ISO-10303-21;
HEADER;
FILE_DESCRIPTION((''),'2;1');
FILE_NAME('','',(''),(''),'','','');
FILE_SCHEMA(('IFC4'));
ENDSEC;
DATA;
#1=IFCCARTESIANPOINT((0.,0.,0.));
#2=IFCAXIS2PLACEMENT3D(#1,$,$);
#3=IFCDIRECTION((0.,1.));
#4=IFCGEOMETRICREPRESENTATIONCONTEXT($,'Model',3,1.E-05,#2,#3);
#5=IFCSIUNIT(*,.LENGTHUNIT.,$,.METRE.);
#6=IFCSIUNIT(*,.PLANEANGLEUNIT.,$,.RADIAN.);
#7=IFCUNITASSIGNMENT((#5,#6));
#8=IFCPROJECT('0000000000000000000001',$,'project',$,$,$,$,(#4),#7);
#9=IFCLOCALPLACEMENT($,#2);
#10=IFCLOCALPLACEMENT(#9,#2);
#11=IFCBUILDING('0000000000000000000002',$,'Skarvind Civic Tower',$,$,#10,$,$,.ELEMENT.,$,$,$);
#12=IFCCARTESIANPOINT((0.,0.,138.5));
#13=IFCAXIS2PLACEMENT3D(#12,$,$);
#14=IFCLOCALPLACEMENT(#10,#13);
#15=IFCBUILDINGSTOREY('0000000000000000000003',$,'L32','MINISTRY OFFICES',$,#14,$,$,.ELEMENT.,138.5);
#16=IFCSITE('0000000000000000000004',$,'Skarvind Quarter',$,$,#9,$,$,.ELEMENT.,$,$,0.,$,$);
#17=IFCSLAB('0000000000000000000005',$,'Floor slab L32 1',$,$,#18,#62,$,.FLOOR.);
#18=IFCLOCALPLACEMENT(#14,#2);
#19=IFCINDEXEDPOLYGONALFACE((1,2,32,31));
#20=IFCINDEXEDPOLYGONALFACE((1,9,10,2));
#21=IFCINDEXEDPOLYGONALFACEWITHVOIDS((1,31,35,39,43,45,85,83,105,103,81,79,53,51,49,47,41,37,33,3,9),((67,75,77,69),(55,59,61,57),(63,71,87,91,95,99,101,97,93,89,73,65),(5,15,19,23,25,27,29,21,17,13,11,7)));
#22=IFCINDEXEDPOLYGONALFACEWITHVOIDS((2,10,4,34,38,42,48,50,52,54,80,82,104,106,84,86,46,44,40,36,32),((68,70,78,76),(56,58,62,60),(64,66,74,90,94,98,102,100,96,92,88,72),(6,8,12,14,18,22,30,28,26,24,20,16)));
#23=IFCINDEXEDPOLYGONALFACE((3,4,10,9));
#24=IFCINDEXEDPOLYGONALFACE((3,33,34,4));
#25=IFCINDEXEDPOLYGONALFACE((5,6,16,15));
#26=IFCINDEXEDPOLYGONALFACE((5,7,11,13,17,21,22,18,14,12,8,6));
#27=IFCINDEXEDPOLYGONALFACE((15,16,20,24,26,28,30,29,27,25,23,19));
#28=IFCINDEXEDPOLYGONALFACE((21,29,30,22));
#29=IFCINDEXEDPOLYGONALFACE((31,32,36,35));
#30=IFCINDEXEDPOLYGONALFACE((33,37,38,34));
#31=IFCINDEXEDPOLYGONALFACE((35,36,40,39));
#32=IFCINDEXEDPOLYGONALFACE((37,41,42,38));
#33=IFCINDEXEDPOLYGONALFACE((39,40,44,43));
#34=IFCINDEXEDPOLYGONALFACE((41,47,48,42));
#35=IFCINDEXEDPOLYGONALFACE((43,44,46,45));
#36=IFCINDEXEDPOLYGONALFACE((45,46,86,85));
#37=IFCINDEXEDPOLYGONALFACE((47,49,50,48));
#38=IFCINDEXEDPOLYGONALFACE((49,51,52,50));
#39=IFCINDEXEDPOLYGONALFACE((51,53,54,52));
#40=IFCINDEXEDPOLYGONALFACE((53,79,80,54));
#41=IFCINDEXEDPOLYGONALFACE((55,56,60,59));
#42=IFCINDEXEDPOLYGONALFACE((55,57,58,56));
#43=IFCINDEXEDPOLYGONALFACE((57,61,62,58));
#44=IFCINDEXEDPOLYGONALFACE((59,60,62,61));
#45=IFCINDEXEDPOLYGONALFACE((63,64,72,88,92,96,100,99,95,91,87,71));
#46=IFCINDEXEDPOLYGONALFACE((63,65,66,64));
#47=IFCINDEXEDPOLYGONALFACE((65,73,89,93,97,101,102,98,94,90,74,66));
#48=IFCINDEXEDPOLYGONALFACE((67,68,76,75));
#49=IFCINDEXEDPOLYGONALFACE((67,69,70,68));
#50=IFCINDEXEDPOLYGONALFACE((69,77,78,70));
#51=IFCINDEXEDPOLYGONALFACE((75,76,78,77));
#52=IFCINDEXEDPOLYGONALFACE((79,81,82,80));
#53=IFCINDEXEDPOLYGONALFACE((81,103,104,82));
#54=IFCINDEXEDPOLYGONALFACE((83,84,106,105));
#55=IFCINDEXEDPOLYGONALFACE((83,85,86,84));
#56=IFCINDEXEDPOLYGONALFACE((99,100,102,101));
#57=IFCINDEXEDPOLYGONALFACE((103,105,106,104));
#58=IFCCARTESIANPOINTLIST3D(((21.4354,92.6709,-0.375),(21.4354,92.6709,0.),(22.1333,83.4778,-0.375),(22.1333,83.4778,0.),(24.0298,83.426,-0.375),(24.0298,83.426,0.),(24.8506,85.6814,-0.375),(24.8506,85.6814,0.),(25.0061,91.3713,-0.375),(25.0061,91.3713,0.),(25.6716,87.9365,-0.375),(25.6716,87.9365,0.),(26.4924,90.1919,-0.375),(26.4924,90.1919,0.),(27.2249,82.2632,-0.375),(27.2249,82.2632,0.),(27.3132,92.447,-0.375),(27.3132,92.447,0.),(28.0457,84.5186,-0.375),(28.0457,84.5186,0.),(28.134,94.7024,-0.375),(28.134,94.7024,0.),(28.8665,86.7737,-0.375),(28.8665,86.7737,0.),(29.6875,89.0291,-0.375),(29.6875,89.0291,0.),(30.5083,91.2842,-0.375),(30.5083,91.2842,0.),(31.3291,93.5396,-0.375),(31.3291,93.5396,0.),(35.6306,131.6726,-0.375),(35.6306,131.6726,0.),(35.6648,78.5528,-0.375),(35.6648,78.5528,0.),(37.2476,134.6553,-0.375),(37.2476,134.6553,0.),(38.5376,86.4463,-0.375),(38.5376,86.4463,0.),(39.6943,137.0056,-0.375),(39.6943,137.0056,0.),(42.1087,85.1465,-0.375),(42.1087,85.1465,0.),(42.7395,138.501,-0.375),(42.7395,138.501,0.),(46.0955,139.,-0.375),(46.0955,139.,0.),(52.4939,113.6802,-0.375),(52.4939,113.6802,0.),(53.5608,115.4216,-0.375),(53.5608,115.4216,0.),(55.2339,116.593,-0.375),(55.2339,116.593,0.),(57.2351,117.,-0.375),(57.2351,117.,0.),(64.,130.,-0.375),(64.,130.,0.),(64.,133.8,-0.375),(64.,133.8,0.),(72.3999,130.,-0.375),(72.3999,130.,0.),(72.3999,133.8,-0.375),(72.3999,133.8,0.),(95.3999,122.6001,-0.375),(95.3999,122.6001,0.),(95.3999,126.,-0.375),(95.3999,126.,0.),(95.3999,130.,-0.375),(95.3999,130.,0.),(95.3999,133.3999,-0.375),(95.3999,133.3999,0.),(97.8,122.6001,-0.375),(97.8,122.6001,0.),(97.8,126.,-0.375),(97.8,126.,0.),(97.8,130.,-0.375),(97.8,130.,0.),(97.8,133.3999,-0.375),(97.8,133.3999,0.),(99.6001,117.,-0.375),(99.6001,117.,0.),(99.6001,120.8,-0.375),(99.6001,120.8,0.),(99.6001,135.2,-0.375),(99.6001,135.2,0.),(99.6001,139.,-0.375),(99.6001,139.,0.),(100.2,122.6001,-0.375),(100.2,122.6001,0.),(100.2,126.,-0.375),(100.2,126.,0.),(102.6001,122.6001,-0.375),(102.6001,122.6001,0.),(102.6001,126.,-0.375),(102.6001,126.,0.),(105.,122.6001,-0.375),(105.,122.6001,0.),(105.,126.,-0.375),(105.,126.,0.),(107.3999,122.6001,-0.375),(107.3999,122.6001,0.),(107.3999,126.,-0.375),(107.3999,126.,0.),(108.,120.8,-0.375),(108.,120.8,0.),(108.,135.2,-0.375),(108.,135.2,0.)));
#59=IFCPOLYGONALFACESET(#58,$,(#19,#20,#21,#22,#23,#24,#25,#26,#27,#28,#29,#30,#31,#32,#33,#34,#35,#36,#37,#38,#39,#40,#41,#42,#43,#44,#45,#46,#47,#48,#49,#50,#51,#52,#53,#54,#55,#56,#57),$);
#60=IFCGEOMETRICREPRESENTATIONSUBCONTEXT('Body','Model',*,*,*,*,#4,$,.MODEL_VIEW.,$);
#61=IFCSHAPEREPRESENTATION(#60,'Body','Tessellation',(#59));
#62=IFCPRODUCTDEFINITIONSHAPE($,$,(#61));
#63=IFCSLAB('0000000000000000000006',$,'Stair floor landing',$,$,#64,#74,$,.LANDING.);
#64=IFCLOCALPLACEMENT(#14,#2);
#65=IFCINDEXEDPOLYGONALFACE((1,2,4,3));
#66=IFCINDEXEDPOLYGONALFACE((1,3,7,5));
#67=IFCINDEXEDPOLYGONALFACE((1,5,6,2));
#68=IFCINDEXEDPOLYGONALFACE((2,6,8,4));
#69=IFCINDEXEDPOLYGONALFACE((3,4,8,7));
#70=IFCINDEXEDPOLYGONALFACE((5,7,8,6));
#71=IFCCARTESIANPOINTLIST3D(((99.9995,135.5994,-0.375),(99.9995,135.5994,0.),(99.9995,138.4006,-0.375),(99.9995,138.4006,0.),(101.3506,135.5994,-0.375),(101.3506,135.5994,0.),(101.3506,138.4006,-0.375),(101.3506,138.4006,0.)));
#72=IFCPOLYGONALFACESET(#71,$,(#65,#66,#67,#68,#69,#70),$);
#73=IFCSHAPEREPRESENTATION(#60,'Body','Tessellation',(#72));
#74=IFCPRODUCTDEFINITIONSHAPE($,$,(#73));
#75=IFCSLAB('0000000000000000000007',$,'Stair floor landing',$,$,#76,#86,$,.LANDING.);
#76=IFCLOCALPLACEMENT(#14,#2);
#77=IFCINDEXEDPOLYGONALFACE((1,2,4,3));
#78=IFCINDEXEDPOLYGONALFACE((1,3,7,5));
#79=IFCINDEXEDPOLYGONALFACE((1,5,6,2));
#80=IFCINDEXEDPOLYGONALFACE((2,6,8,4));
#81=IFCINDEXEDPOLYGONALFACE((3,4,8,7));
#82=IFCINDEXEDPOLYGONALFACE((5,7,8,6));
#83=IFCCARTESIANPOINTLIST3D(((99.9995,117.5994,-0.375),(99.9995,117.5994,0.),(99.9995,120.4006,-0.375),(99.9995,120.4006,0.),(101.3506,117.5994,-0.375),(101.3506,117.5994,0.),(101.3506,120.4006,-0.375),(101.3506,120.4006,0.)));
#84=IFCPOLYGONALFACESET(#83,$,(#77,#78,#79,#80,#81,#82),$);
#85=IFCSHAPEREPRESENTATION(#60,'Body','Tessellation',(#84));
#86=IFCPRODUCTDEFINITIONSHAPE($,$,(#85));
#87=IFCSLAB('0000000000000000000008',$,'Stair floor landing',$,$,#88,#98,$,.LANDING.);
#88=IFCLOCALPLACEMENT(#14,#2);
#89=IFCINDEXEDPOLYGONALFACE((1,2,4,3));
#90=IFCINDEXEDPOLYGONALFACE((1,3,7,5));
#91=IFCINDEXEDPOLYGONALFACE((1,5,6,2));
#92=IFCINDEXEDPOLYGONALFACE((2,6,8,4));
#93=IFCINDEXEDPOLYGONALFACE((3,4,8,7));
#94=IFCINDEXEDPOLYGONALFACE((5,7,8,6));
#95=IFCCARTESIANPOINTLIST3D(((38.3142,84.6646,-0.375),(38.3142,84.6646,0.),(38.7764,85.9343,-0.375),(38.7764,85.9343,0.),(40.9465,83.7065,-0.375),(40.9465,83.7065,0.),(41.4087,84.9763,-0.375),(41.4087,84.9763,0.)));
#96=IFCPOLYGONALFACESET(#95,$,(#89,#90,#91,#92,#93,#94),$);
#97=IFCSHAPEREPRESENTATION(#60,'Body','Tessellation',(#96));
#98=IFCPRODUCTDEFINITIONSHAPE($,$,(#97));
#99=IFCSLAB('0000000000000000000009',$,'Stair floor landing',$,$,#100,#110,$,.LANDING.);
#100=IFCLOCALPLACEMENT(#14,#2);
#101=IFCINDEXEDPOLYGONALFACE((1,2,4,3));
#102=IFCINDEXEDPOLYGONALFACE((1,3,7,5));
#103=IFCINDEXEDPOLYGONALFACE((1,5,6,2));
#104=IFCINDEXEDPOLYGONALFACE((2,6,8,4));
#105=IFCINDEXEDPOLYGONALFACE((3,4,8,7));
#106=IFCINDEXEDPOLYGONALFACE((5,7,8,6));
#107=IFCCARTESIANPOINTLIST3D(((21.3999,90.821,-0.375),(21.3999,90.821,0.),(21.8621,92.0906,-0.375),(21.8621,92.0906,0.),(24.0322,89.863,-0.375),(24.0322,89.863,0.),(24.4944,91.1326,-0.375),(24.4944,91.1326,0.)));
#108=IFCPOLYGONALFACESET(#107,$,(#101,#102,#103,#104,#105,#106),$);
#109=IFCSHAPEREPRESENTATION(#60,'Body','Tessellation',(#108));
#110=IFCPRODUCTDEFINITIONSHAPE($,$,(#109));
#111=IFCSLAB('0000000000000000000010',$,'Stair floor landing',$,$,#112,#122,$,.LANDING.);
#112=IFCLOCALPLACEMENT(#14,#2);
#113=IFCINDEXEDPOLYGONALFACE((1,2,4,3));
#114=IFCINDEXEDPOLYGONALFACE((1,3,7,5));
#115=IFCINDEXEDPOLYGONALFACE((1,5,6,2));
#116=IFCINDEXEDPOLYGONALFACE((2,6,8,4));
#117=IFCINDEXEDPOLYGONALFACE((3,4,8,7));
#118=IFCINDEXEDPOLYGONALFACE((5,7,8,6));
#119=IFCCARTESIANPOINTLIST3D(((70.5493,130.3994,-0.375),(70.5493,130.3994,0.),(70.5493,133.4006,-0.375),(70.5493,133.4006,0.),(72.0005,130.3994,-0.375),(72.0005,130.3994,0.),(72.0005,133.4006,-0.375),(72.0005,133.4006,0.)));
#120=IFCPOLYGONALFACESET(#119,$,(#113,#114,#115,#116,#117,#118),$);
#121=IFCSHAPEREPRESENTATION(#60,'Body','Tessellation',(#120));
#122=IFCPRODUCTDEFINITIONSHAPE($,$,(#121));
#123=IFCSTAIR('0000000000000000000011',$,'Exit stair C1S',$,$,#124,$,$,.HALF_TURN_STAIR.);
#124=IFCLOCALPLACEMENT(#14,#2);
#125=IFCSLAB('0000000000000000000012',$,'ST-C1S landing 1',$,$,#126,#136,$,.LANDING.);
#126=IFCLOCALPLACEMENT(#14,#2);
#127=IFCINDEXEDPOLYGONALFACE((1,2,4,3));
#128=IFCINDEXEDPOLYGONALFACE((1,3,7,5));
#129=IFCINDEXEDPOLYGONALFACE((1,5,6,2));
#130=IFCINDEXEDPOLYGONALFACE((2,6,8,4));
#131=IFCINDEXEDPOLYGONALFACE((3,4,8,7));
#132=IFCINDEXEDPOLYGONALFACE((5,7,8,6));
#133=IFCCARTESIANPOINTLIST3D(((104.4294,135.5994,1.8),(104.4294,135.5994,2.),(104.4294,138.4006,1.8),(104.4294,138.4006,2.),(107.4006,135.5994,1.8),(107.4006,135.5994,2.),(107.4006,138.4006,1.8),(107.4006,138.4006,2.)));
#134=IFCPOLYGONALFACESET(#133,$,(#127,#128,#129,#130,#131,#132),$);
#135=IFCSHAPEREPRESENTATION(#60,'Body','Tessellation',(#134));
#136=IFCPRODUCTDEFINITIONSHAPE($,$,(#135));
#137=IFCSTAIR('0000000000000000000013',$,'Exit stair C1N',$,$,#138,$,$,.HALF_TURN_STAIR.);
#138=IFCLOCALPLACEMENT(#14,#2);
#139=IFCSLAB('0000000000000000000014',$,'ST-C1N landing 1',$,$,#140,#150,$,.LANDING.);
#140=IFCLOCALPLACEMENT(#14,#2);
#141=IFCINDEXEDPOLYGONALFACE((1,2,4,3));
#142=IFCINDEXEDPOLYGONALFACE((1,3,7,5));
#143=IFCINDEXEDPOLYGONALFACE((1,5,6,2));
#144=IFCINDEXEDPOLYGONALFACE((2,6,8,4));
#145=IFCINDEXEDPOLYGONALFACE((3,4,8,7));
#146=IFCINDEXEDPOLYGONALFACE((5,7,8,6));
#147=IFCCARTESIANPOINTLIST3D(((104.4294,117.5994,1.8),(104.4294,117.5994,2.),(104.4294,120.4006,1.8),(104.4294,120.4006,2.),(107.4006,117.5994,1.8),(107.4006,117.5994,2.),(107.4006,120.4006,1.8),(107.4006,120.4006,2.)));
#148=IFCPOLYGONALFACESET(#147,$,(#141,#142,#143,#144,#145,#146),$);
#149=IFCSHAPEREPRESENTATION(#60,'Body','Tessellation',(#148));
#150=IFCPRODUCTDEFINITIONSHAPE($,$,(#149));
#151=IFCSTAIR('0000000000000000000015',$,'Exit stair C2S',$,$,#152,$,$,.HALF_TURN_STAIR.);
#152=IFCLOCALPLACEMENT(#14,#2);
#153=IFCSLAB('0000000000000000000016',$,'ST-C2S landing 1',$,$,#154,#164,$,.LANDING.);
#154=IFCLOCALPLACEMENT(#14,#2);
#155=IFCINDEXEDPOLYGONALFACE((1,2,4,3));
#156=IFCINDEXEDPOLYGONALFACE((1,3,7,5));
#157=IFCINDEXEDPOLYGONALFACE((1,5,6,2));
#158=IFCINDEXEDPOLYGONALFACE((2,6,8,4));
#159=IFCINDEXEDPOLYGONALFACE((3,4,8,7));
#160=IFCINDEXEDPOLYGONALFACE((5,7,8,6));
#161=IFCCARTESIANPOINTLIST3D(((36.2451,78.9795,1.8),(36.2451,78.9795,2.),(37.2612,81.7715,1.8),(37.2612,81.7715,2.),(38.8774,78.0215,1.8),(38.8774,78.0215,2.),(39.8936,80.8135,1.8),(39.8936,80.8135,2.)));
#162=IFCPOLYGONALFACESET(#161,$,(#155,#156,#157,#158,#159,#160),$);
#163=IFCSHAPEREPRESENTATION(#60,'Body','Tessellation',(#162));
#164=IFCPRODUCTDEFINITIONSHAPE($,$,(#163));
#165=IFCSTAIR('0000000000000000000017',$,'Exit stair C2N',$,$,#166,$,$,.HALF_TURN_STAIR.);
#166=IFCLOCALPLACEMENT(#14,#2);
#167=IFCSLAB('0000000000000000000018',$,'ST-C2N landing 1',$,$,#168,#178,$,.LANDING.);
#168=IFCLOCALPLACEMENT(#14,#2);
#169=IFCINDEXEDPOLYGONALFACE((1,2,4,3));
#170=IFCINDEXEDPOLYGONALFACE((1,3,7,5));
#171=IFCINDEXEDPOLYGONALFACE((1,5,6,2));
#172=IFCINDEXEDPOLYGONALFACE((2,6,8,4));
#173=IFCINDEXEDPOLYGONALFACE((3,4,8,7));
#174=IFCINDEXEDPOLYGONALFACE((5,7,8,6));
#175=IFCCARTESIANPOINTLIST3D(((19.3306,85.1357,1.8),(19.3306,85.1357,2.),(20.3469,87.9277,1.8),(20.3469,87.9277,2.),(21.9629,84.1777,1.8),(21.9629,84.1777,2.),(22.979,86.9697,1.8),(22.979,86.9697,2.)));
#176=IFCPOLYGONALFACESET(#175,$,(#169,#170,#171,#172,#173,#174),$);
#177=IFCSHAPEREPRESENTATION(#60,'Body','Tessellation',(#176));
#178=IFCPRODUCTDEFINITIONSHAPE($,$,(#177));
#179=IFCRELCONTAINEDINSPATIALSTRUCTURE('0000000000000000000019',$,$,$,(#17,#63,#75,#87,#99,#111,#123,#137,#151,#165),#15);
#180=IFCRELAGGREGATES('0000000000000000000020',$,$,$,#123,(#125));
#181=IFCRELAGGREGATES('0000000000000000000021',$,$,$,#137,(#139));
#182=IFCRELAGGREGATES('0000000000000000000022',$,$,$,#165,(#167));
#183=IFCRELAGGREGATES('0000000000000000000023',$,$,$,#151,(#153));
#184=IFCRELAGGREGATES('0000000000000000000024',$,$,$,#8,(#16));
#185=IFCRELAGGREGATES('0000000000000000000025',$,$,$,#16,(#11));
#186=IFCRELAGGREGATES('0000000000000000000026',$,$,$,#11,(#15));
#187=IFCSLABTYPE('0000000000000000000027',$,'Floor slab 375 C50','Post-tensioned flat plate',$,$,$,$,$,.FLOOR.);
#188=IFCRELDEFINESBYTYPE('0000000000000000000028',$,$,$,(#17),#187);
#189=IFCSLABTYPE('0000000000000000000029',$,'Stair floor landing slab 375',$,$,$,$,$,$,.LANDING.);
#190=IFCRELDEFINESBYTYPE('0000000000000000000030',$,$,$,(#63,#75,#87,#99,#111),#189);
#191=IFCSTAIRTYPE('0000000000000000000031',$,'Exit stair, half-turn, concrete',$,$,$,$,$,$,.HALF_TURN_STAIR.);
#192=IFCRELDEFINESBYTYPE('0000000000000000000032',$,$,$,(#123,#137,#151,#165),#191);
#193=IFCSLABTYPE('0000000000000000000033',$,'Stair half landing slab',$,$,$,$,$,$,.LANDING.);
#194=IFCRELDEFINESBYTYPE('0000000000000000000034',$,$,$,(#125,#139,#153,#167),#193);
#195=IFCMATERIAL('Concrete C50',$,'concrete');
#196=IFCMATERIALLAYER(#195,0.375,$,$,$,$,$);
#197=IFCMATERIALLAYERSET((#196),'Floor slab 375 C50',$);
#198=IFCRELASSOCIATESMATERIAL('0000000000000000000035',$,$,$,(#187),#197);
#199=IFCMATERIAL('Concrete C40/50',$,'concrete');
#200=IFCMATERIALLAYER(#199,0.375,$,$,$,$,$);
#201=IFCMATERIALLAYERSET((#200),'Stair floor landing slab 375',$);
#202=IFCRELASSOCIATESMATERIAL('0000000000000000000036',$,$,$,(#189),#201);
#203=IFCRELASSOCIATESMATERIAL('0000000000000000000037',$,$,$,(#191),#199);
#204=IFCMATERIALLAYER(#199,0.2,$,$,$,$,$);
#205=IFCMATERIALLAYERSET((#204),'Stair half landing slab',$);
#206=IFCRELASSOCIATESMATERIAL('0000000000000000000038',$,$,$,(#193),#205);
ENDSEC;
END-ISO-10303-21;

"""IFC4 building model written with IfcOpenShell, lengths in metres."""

from ifc_helpers import new_model, si_unit, direction, frame, origin, place, context, subcontext, project, spatial, polyline, outline, extrude, material, layer, layer_set, type_object, element, aggregate, save


model = new_model("IFC4")

# Units and contexts
model_context = context("Model", 3, precision=1e-05, world=origin(), true_north=direction((0.0, 1.0)))
body_context = subcontext(model_context, "Body", "Model", "MODEL_VIEW")
ifc_project = project(units=[si_unit("LENGTHUNIT", "METRE"), si_unit("PLANEANGLEUNIT", "RADIAN")], contexts=[model_context])

# Site, building, storey
site_placement = place(None, origin())
site = spatial("IfcSite", under=ifc_project, at=site_placement, Name="Skarvind Quarter", CompositionType="ELEMENT", RefElevation=0.0)
building_placement = place(site_placement, origin())
building = spatial("IfcBuilding", under=site, at=building_placement, Name="Skarvind Civic Tower", CompositionType="ELEMENT")
storey_placement = place(building_placement, frame((0.0, 0.0, 138.5)))
storey = spatial("IfcBuildingStorey", under=building, at=storey_placement, Name="L32", Description="MINISTRY OFFICES", CompositionType="ELEMENT", Elevation=138.5)

# Slabs
ifc_material_1 = material(Name="Concrete C50", Category="concrete")
ifc_layer_1 = layer(ifc_material_1, 0.375)
ifc_layer_set_1 = layer_set([ifc_layer_1], Name="Floor slab 375 C50")
slab_type_1 = type_object("IfcSlabType", Name="Floor slab 375 C50", Description="Post-tensioned flat plate", PredefinedType="FLOOR", material=ifc_layer_set_1)
slab_1_placement = place(storey_placement, frame((0.0, 0.0, -0.375)))
element("IfcSlab", 1, at=slab_1_placement, inside=storey, type_object=slab_type_1, Name="Floor slab L32 1", PredefinedType="FLOOR", context=body_context, shape_type="SweptSolid", body=[
    extrude(outline(polyline([(99.6001, 117.0), (99.6001, 120.8), (108.0, 120.8), (108.0, 135.2), (99.6001, 135.2), (99.6001, 139.0), (46.0955, 139.0), (42.7395, 138.501), (39.6943, 137.0056), (37.2476, 134.6553), (35.6306, 131.6726), (19.4175, 87.1267), (21.4353, 92.6709), (25.0061, 91.3713), (22.1333, 83.4778), (36.8865, 78.1082), (35.6648, 78.5527), (38.5376, 86.4463), (42.1086, 85.1465), (40.0908, 79.6023), (40.0908, 79.6023), (52.4939, 113.6802), (53.5608, 115.4216), (55.2339, 116.593), (57.2351, 117.0), (99.6001, 117.0)]), holes=[polyline([(25.6716, 87.9365), (26.4924, 90.1919), (27.3132, 92.447), (28.134, 94.7024), (31.3291, 93.5396), (30.5083, 91.2842), (29.6875, 89.0291), (28.8665, 86.7737), (28.8665, 86.7737), (28.0457, 84.5186), (27.2249, 82.2632), (24.0298, 83.426), (24.8506, 85.6814), (25.6716, 87.9365), (25.6716, 87.9365)]), polyline([(64.0, 130.0), (64.0, 133.8), (72.3999, 133.8), (72.3999, 130.0), (64.0, 130.0)]), polyline([(97.8, 126.0), (100.2, 126.0), (102.6001, 126.0), (105.0, 126.0), (107.3999, 126.0), (107.3999, 122.6001), (105.0, 122.6001), (102.6001, 122.6001), (100.2, 122.6001), (97.8, 122.6001), (95.3999, 122.6001), (95.3999, 126.0), (97.8, 126.0)]), polyline([(97.8, 133.3999), (97.8, 130.0), (95.3999, 130.0), (95.3999, 133.3999), (97.8, 133.3999)])]), origin(), (0.0, 0.0, 1.0), 0.375),
])
ifc_material_2 = material(Name="Concrete C40/50", Category="concrete")
ifc_layer_2 = layer(ifc_material_2, 0.375)
ifc_layer_set_2 = layer_set([ifc_layer_2], Name="Stair floor landing slab 375")
slab_type_2 = type_object("IfcSlabType", Name="Stair floor landing slab 375", PredefinedType="LANDING", material=ifc_layer_set_2)
slab_2_placement = place(storey_placement, frame((0.0, 0.0, -0.375)))
element("IfcSlab", 2, at=slab_2_placement, inside=storey, type_object=slab_type_2, Name="Stair floor landing", PredefinedType="LANDING", context=body_context, shape_type="SweptSolid", body=[
    extrude(outline(polyline([(101.3506, 138.4006), (101.3506, 135.5994), (99.9995, 135.5994), (99.9995, 138.4006), (101.3506, 138.4006)])), origin(), (0.0, 0.0, 1.0), 0.375),
])
slab_3_placement = place(storey_placement, frame((0.0, 0.0, -0.375)))
element("IfcSlab", 3, at=slab_3_placement, inside=storey, type_object=slab_type_2, Name="Stair floor landing", PredefinedType="LANDING", context=body_context, shape_type="SweptSolid", body=[
    extrude(outline(polyline([(101.3506, 120.4006), (101.3506, 117.5994), (99.9995, 117.5994), (99.9995, 120.4006), (101.3506, 120.4006)])), origin(), (0.0, 0.0, 1.0), 0.375),
])
slab_4_placement = place(storey_placement, frame((0.0, 0.0, -0.375)))
element("IfcSlab", 4, at=slab_4_placement, inside=storey, type_object=slab_type_2, Name="Stair floor landing", PredefinedType="LANDING", context=body_context, shape_type="SweptSolid", body=[
    extrude(outline(polyline([(40.9465, 83.7065), (38.3142, 84.6646), (38.7764, 85.9343), (41.4087, 84.9763), (40.9465, 83.7065)])), origin(), (0.0, 0.0, 1.0), 0.375),
])
slab_5_placement = place(storey_placement, frame((0.0, 0.0, -0.375)))
element("IfcSlab", 5, at=slab_5_placement, inside=storey, type_object=slab_type_2, Name="Stair floor landing", PredefinedType="LANDING", context=body_context, shape_type="SweptSolid", body=[
    extrude(outline(polyline([(24.0322, 89.863), (21.3999, 90.821), (21.8621, 92.0906), (24.4944, 91.1326), (24.0322, 89.863)])), origin(), (0.0, 0.0, 1.0), 0.375),
])
slab_6_placement = place(storey_placement, frame((0.0, 0.0, -0.375)))
element("IfcSlab", 6, at=slab_6_placement, inside=storey, type_object=slab_type_2, Name="Stair floor landing", PredefinedType="LANDING", context=body_context, shape_type="SweptSolid", body=[
    extrude(outline(polyline([(70.5493, 130.3994), (70.5493, 133.4006), (72.0005, 133.4006), (72.0005, 130.3994), (70.5493, 130.3994)])), origin(), (0.0, 0.0, 1.0), 0.375),
])

# Stairs, slabs
stair_type_1 = type_object("IfcStairType", Name="Exit stair, half-turn, concrete", PredefinedType="HALF_TURN_STAIR", material=ifc_material_2)
stair_1_placement = place(storey_placement, origin())
stair_1 = element("IfcStair", 7, at=stair_1_placement, inside=storey, type_object=stair_type_1, Name="Exit stair C1S", PredefinedType="HALF_TURN_STAIR")
ifc_layer_3 = layer(ifc_material_2, 0.2)
ifc_layer_set_3 = layer_set([ifc_layer_3], Name="Stair half landing slab")
slab_type_3 = type_object("IfcSlabType", Name="Stair half landing slab", PredefinedType="LANDING", material=ifc_layer_set_3)
slab_7_placement = place(storey_placement, frame((0.0, 0.0, 1.8)))
slab_7 = element("IfcSlab", 8, at=slab_7_placement, type_object=slab_type_3, Name="ST-C1S landing 1", PredefinedType="LANDING", context=body_context, shape_type="SweptSolid", body=[
    extrude(outline(polyline([(104.4294, 135.5994), (104.4294, 138.4006), (107.4006, 138.4006), (107.4006, 135.5994), (104.4294, 135.5994)])), origin(), (0.0, 0.0, 1.0), 0.2),
])
aggregate(stair_1, [slab_7])
stair_2_placement = place(storey_placement, origin())
stair_2 = element("IfcStair", 9, at=stair_2_placement, inside=storey, type_object=stair_type_1, Name="Exit stair C1N", PredefinedType="HALF_TURN_STAIR")
slab_8_placement = place(storey_placement, frame((0.0, 0.0, 1.8)))
slab_8 = element("IfcSlab", 10, at=slab_8_placement, type_object=slab_type_3, Name="ST-C1N landing 1", PredefinedType="LANDING", context=body_context, shape_type="SweptSolid", body=[
    extrude(outline(polyline([(104.4294, 117.5994), (104.4294, 120.4006), (107.4006, 120.4006), (107.4006, 117.5994), (104.4294, 117.5994)])), origin(), (0.0, 0.0, 1.0), 0.2),
])
aggregate(stair_2, [slab_8])
stair_3_placement = place(storey_placement, origin())
stair_3 = element("IfcStair", 11, at=stair_3_placement, inside=storey, type_object=stair_type_1, Name="Exit stair C2S", PredefinedType="HALF_TURN_STAIR")
slab_9_placement = place(storey_placement, frame((0.0, 0.0, 1.8)))
slab_9 = element("IfcSlab", 12, at=slab_9_placement, type_object=slab_type_3, Name="ST-C2S landing 1", PredefinedType="LANDING", context=body_context, shape_type="SweptSolid", body=[
    extrude(outline(polyline([(37.2612, 81.7715), (39.8936, 80.8135), (38.8774, 78.0215), (36.2451, 78.9795), (37.2612, 81.7715)])), origin(), (0.0, 0.0, 1.0), 0.2),
])
stair_4_placement = place(storey_placement, origin())
stair_4 = element("IfcStair", 13, at=stair_4_placement, inside=storey, type_object=stair_type_1, Name="Exit stair C2N", PredefinedType="HALF_TURN_STAIR")
slab_10_placement = place(storey_placement, frame((0.0, 0.0, 1.8)))
slab_10 = element("IfcSlab", 14, at=slab_10_placement, type_object=slab_type_3, Name="ST-C2N landing 1", PredefinedType="LANDING", context=body_context, shape_type="SweptSolid", body=[
    extrude(outline(polyline([(20.3469, 87.9277), (22.979, 86.9697), (21.9629, 84.1777), (19.3306, 85.1357), (20.3469, 87.9277)])), origin(), (0.0, 0.0, 1.0), 0.2),
])
aggregate(stair_4, [slab_10])

aggregate(stair_3, [slab_9])

save(model, "model.ifc")
